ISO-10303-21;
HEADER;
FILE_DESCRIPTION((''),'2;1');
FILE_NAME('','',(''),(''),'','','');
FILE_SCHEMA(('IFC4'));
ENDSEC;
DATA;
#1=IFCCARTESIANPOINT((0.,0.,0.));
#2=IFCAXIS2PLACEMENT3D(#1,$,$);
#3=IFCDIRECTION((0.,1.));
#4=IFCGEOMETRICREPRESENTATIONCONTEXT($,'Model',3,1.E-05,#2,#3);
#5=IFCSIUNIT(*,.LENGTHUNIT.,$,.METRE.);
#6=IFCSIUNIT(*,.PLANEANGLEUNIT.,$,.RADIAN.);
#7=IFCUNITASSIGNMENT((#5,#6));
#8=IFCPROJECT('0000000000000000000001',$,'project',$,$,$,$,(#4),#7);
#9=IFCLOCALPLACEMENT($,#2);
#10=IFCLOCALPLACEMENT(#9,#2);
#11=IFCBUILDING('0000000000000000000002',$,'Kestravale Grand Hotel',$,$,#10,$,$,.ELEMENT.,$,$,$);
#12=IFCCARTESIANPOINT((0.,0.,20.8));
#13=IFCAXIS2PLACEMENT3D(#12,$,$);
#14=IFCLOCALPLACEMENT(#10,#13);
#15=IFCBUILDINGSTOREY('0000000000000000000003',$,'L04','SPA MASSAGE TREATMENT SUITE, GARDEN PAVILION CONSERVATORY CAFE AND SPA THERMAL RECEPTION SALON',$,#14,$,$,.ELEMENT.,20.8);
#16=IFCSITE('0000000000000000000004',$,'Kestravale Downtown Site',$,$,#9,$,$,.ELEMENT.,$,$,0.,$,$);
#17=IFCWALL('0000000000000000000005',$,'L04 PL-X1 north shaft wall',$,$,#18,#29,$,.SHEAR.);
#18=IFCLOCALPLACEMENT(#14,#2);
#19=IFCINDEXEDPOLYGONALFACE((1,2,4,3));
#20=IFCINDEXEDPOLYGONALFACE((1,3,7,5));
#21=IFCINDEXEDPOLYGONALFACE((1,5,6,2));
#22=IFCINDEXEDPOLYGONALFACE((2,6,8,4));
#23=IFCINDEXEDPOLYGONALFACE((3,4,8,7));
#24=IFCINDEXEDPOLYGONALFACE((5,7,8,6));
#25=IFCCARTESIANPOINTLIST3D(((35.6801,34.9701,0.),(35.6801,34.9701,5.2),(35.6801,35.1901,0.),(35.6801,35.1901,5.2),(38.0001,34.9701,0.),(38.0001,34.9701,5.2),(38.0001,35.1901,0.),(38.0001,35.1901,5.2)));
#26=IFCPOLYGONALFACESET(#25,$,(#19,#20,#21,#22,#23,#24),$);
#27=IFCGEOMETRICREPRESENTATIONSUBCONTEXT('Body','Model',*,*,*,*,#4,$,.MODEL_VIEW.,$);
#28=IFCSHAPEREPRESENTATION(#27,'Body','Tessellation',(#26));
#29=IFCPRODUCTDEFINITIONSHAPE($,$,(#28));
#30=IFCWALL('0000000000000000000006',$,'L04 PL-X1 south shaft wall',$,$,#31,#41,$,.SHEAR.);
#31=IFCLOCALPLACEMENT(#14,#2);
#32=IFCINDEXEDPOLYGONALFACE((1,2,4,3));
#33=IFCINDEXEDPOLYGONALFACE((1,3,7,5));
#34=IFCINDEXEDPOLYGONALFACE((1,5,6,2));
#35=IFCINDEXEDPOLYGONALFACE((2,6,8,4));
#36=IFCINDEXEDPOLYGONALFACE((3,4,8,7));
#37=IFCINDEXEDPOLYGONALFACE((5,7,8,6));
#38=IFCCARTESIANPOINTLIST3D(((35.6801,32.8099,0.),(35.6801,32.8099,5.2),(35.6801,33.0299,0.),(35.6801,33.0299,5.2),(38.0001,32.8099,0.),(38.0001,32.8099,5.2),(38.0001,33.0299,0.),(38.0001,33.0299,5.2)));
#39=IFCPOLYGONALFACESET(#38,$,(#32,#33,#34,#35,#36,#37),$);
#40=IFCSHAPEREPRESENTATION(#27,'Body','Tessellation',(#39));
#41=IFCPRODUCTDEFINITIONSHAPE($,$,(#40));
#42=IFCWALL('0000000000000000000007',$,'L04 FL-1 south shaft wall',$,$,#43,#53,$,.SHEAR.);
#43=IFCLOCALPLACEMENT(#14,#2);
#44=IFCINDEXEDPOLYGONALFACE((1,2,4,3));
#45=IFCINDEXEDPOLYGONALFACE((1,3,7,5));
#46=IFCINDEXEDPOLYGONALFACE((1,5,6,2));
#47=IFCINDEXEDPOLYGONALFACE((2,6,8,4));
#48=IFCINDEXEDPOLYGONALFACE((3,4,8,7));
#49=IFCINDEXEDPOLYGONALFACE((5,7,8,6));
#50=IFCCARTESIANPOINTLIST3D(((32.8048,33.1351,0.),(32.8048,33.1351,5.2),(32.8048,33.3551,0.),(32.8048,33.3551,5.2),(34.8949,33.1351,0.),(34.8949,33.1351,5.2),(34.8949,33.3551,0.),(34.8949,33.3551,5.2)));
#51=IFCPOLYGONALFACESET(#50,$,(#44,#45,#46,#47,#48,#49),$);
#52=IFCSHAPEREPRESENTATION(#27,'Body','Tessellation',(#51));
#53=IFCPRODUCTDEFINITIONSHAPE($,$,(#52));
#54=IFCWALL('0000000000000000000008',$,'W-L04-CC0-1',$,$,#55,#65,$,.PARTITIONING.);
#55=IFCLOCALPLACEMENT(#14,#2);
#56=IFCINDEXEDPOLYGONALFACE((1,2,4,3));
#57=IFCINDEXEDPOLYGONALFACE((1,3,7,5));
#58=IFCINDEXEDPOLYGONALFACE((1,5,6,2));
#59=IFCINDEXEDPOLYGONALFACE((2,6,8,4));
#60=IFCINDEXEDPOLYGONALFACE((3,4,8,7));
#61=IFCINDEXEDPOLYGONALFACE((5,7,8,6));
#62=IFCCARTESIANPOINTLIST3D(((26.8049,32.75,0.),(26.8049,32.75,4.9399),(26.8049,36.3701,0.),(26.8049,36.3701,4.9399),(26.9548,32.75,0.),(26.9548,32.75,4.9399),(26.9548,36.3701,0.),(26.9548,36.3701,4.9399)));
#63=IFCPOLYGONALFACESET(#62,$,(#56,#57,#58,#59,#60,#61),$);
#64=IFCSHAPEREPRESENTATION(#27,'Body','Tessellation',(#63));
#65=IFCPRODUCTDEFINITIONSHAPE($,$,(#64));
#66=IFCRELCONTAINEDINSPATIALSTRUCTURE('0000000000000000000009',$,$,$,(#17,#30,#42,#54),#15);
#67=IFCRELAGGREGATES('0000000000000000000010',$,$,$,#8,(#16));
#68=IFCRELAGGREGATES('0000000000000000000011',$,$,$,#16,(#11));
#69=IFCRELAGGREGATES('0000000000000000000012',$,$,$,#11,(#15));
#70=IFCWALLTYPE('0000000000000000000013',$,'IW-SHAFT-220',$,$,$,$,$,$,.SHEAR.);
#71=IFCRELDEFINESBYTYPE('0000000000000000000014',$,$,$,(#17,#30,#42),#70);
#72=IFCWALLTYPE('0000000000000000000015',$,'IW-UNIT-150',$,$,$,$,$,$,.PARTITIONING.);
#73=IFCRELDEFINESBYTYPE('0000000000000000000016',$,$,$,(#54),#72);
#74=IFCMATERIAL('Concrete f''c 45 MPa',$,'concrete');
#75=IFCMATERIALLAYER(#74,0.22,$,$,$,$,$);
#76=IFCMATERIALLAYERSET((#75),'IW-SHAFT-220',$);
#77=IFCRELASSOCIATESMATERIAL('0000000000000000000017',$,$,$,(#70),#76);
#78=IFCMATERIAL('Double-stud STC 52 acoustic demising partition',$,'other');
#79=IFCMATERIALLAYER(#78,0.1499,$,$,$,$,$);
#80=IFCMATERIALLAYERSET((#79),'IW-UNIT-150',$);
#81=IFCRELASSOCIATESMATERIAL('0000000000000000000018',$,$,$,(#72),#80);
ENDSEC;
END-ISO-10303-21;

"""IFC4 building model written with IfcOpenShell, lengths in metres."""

from ifc_helpers import new_model, si_unit, direction, frame, frame_2d, origin, place, context, subcontext, project, spatial, rectangle, extrude, material, layer, layer_set, type_object, element, save


model = new_model("IFC4")

# Units and contexts
model_context = context("Model", 3, precision=1e-05, world=origin(), true_north=direction((0.0, 1.0)))
body_context = subcontext(model_context, "Body", "Model", "MODEL_VIEW")
ifc_project = project(units=[si_unit("LENGTHUNIT", "METRE"), si_unit("PLANEANGLEUNIT", "RADIAN")], contexts=[model_context])

# Site, building, storey
site_placement = place(None, origin())
site = spatial("IfcSite", under=ifc_project, at=site_placement, Name="Kestravale Downtown Site", CompositionType="ELEMENT", RefElevation=0.0)
building_placement = place(site_placement, origin())
building = spatial("IfcBuilding", under=site, at=building_placement, Name="Kestravale Grand Hotel", CompositionType="ELEMENT")
storey_placement = place(building_placement, frame((0.0, 0.0, 20.8)))
storey = spatial("IfcBuildingStorey", under=building, at=storey_placement, Name="L04", Description="SPA MASSAGE TREATMENT SUITE, GARDEN PAVILION CONSERVATORY CAFE AND SPA THERMAL RECEPTION SALON", CompositionType="ELEMENT", Elevation=20.8)

# Shared definitions
ifc_material_1 = material(Name="Concrete f'c 45 MPa", Category="concrete")
ifc_layer_1 = layer(ifc_material_1, 0.22)
ifc_layer_set_1 = layer_set([ifc_layer_1], Name="IW-SHAFT-220")
wall_type_1 = type_object("IfcWallType", Name="IW-SHAFT-220", PredefinedType="SHEAR", material=ifc_layer_set_1)

# Walls
for number, where, z_axis, x_axis, name in (
    (1, (35.6799, 35.0801, 0.0), (0.0, 0.0, 1.0), (1.0, 0.0, 0.0), "L04 PL-X1 north shaft wall"),
    (2, (35.6799, 32.9199, 0.0), (0.0, 0.0, 1.0), (1.0, 0.0, 0.0), "L04 PL-X1 south shaft wall"),
):
    element("IfcWall", number, at=place(storey_placement, frame(where, z_axis=z_axis, x_axis=x_axis)), inside=storey, type_object=wall_type_1, Name=name, PredefinedType="SHEAR", context=body_context, shape_type="SweptSolid", body=[
        extrude(rectangle(XDim=2.3201, YDim=0.22, at=frame_2d((1.1602, 0.0))), origin(), (0.0, 0.0, 1.0), 5.2),
    ])
wall_1_placement = place(storey_placement, frame((32.8049, 33.2451, 0.0), z_axis=(0.0, 0.0, 1.0), x_axis=(1.0, 0.0, 0.0)))
element("IfcWall", 3, at=wall_1_placement, inside=storey, type_object=wall_type_1, Name="L04 FL-1 south shaft wall", PredefinedType="SHEAR", context=body_context, shape_type="SweptSolid", body=[
    extrude(rectangle(XDim=2.0901, YDim=0.22, at=frame_2d((1.0449, 0.0))), origin(), (0.0, 0.0, 1.0), 5.2),
])
ifc_material_2 = material(Name="Double-stud STC 52 acoustic demising partition", Category="other")
ifc_layer_2 = layer(ifc_material_2, 0.1499)
ifc_layer_set_2 = layer_set([ifc_layer_2], Name="IW-UNIT-150")
wall_type_2 = type_object("IfcWallType", Name="IW-UNIT-150", PredefinedType="PARTITIONING", material=ifc_layer_set_2)
wall_2_placement = place(storey_placement, frame((26.8799, 32.75, 0.0), z_axis=(0.0, 0.0, 1.0), x_axis=(0.0, 1.0, 0.0)))
element("IfcWall", 4, at=wall_2_placement, inside=storey, type_object=wall_type_2, Name="W-L04-CC0-1", PredefinedType="PARTITIONING", context=body_context, shape_type="SweptSolid", body=[
    extrude(rectangle(XDim=3.6201, YDim=0.1499, at=frame_2d((1.8101, 0.0))), origin(), (0.0, 0.0, 1.0), 4.9399),
])

save(model, "model.ifc")
